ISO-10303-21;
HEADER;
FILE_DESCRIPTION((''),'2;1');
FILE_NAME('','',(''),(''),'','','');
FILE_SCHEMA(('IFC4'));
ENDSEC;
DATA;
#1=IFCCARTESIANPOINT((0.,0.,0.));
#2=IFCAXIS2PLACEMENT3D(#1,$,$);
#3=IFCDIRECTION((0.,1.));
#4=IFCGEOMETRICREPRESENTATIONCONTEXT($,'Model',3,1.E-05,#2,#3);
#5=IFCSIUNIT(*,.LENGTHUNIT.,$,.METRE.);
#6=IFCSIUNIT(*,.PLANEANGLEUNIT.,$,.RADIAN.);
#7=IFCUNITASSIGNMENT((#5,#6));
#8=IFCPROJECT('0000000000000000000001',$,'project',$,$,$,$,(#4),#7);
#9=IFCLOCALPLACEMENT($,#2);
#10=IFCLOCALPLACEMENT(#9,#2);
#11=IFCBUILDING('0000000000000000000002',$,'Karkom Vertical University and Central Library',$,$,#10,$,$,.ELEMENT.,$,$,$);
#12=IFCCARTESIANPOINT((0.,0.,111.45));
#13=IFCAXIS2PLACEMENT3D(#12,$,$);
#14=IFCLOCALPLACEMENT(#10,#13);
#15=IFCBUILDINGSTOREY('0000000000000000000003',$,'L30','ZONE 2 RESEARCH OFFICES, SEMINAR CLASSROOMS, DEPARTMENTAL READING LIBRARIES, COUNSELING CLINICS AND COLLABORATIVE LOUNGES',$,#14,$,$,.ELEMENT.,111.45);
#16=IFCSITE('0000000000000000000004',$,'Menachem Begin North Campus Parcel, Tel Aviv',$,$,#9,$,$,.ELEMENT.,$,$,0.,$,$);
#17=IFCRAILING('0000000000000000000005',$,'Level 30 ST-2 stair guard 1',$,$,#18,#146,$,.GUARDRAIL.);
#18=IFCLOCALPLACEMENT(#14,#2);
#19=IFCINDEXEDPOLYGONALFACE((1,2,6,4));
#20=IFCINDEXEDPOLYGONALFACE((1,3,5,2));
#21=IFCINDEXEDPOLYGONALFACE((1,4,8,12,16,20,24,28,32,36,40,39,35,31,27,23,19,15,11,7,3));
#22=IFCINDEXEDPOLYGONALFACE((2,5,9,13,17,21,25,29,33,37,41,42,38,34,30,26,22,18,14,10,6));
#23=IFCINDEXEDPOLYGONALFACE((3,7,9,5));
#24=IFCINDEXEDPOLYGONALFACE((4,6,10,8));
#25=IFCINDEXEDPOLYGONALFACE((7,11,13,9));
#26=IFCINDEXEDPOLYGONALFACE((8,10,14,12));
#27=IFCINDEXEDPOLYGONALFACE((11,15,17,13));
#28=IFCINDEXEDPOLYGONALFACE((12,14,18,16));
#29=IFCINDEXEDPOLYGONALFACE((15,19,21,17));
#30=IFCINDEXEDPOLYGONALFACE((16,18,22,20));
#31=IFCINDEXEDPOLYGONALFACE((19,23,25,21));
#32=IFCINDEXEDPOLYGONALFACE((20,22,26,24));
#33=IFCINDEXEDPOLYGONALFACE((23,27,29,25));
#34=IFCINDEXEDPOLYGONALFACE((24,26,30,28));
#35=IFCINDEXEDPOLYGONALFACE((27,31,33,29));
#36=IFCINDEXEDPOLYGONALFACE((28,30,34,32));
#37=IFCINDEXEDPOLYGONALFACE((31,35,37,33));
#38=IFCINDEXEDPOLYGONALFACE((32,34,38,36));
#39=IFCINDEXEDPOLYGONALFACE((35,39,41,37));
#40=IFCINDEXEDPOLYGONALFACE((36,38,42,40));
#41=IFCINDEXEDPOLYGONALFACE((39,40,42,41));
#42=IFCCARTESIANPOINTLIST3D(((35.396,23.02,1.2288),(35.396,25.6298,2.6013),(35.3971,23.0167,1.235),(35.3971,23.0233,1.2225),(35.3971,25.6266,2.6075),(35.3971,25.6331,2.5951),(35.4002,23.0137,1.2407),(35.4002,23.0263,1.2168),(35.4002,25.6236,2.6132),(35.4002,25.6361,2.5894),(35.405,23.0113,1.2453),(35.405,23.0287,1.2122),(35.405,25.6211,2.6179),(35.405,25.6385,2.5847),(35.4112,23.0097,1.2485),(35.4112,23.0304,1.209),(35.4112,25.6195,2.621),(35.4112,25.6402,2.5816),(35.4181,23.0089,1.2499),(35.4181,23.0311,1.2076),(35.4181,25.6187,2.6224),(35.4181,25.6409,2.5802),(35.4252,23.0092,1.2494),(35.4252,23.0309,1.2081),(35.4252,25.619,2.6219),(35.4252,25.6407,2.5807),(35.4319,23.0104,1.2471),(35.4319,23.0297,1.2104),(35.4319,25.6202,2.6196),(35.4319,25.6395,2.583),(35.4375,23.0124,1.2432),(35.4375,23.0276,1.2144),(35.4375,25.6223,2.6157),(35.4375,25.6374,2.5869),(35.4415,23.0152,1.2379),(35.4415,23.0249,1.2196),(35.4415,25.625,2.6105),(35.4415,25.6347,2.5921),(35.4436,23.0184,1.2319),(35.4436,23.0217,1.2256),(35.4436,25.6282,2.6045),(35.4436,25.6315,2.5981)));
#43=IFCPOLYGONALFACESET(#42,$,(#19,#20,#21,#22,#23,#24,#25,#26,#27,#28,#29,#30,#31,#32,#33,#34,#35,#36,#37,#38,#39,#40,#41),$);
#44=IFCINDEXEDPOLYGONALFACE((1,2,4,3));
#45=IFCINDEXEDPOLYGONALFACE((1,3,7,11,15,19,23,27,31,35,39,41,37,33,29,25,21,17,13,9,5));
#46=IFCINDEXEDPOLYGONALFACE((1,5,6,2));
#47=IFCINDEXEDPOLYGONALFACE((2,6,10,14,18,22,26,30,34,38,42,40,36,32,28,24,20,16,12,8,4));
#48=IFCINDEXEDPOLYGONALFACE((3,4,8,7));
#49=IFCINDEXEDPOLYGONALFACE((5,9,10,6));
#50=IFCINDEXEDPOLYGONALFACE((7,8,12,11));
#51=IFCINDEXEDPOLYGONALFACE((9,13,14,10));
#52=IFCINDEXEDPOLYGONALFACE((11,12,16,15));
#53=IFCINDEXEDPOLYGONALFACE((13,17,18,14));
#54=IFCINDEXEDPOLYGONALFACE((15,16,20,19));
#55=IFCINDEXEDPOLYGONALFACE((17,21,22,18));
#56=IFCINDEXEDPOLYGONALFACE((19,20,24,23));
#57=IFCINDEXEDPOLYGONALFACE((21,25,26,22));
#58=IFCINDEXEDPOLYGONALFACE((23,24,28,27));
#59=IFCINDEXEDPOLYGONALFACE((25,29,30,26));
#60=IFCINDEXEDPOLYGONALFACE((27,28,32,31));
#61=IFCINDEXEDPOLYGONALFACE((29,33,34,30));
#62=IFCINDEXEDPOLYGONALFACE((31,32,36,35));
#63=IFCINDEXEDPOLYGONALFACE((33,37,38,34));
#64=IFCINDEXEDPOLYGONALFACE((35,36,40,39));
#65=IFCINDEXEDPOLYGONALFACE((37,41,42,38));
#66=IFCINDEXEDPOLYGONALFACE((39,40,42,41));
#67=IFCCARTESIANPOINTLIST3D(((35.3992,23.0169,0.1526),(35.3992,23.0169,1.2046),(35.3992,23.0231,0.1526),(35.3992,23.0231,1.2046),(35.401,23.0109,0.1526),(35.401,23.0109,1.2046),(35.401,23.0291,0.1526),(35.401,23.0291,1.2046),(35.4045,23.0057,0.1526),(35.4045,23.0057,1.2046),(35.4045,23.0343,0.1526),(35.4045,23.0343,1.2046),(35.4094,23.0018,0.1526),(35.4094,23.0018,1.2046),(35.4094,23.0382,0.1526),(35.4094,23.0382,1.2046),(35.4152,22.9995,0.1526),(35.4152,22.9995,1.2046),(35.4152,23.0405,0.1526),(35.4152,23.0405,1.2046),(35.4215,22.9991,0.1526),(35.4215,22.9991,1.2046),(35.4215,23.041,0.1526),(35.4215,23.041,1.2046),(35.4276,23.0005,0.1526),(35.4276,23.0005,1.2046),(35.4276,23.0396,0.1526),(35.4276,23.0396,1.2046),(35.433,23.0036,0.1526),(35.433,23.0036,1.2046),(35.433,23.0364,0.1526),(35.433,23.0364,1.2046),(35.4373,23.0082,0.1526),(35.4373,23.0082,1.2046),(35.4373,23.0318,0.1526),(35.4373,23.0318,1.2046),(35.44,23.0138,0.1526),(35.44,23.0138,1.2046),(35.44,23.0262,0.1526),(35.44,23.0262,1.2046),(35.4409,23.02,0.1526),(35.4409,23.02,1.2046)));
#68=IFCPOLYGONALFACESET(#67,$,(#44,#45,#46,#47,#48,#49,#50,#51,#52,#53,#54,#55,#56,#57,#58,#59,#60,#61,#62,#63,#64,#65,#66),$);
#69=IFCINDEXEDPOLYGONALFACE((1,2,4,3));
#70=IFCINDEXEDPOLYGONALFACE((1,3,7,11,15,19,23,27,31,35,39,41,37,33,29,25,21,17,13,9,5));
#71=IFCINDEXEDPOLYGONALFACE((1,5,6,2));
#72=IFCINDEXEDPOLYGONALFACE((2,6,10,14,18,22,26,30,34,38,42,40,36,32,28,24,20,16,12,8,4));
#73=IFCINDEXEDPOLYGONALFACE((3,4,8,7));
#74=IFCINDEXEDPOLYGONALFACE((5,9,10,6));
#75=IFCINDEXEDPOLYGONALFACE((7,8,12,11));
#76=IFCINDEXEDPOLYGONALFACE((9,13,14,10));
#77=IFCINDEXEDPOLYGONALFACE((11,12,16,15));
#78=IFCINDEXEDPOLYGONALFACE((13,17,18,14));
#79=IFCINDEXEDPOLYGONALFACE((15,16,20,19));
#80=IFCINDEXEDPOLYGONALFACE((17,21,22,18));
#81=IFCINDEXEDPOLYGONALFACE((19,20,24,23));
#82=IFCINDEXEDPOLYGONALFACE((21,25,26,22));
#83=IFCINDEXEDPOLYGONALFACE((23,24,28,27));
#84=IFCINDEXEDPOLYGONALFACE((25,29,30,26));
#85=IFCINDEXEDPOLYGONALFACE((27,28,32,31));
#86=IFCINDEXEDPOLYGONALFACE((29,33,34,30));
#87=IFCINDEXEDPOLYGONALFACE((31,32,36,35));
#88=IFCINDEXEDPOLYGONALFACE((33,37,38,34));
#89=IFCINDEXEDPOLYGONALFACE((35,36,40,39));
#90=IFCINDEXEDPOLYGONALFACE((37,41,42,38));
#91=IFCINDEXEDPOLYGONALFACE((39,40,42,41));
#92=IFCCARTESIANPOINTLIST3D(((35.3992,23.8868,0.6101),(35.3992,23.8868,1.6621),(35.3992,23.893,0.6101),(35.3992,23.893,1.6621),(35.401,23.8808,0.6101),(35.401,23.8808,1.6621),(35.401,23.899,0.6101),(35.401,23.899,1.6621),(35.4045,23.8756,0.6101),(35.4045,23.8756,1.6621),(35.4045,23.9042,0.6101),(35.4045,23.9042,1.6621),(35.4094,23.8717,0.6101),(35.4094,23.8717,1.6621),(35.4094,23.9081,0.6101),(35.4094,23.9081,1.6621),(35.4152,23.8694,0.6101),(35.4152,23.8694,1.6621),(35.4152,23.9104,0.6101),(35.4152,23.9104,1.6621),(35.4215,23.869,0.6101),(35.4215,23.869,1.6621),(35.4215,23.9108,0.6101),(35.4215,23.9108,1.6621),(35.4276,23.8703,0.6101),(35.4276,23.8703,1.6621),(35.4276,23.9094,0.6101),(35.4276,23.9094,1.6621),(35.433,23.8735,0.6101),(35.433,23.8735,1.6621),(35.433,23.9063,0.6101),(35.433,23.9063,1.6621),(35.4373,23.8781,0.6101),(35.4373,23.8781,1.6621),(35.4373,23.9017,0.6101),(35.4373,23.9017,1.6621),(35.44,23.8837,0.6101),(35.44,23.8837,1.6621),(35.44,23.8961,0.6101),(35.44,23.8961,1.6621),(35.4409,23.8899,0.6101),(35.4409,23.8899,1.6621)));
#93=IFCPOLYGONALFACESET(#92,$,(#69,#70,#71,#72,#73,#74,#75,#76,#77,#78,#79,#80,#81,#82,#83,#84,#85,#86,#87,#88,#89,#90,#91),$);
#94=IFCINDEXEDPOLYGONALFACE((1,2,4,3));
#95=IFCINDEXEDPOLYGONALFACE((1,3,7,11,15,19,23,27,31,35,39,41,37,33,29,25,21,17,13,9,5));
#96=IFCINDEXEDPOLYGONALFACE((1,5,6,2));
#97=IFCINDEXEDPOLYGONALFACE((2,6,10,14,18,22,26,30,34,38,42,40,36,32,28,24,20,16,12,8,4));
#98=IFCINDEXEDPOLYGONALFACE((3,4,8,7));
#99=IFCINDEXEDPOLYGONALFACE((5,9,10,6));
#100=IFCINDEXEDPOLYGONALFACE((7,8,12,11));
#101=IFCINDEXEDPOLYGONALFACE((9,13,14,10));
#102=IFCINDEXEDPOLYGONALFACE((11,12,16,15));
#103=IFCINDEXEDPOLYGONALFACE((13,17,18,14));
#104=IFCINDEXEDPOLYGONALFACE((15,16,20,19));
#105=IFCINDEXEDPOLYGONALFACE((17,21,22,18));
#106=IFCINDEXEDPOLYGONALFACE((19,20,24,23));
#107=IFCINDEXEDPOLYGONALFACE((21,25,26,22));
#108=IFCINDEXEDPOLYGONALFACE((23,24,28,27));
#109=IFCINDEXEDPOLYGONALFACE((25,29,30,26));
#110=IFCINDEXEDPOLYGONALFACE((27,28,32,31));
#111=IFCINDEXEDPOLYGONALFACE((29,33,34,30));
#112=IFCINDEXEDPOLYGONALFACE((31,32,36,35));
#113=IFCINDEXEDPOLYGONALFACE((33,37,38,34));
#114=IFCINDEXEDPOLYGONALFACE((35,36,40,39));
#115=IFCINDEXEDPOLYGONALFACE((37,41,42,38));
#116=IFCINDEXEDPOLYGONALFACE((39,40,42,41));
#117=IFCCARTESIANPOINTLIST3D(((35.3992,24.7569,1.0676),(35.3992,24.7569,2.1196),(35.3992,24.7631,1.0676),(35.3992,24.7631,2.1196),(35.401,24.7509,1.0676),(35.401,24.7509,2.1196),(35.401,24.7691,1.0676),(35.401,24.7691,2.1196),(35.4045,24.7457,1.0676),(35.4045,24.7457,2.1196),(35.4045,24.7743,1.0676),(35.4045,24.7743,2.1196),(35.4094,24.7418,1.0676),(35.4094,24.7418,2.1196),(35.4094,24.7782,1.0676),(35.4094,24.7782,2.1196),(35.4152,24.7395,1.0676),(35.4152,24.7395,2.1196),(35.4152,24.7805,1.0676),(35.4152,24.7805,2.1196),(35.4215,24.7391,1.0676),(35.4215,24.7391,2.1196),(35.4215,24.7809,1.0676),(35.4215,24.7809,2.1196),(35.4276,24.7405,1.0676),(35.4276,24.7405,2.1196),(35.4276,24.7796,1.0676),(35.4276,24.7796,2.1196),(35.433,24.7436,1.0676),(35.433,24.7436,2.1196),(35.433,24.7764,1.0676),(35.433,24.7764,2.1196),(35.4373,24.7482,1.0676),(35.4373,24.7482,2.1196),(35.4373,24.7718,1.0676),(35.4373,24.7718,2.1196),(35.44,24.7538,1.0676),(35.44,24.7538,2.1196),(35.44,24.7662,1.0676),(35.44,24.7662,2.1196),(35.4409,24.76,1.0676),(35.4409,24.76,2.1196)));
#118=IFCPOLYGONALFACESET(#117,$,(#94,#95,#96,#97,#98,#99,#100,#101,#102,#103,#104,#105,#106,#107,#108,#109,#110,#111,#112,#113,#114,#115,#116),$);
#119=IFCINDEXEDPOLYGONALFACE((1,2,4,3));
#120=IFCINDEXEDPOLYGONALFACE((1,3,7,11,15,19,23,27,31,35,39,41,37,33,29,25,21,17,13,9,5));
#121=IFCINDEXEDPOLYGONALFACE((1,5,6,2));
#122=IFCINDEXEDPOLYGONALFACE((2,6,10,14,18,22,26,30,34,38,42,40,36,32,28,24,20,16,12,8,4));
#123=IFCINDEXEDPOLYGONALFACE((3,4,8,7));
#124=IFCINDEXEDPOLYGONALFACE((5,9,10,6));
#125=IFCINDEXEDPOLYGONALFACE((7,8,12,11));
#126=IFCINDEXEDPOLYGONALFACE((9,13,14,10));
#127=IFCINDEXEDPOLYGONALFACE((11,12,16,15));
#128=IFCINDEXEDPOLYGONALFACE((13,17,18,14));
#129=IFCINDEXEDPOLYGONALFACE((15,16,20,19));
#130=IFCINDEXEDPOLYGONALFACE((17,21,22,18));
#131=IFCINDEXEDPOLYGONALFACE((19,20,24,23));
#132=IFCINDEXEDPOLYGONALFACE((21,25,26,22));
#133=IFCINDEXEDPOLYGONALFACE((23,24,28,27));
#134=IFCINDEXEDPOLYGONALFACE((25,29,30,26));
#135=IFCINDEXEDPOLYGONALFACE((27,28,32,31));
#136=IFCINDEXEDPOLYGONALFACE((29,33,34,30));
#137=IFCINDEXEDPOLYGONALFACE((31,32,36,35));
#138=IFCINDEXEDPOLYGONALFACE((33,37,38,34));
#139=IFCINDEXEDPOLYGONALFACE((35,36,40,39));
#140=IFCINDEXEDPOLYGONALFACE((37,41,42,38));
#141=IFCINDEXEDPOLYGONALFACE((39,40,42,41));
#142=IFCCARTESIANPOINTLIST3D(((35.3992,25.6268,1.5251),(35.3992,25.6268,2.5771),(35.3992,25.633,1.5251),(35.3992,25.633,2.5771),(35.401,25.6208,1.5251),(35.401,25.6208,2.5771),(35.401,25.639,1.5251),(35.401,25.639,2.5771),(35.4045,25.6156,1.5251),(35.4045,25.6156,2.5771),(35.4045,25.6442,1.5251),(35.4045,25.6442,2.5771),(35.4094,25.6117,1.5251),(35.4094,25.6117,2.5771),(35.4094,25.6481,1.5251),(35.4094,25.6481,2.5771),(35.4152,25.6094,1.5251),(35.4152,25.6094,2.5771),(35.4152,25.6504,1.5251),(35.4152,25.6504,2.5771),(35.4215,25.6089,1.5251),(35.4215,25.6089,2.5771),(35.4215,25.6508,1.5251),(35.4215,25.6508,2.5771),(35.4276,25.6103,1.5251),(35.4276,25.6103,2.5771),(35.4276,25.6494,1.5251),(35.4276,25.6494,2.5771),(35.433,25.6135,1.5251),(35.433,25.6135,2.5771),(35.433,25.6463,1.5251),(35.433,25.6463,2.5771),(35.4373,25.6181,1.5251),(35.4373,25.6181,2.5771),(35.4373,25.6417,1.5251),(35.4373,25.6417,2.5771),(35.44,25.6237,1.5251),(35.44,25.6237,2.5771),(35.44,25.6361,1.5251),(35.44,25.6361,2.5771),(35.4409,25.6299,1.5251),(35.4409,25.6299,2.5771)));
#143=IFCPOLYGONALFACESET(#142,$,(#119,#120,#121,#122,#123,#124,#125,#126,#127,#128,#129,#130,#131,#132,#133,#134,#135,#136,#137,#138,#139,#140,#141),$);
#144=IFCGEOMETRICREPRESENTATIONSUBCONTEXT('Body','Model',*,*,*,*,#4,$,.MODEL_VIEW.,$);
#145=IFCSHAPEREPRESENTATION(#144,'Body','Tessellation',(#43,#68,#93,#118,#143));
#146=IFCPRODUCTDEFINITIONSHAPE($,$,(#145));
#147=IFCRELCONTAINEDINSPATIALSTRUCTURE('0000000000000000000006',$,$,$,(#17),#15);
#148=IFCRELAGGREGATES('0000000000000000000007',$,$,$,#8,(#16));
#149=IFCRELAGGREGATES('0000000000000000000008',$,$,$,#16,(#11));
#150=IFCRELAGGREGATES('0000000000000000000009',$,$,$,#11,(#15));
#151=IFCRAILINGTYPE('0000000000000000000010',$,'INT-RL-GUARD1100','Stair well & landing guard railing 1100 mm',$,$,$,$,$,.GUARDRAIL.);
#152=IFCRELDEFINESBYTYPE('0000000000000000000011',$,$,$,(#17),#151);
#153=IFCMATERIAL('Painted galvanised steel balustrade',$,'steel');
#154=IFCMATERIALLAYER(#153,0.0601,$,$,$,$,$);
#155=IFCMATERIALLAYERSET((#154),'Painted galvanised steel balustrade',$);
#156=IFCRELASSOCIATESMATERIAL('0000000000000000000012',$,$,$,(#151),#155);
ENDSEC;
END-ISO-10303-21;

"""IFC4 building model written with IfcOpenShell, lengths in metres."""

from ifc_helpers import new_model, si_unit, direction, frame, origin, origin_2d, place, context, subcontext, project, spatial, circle, extrude, material, layer, layer_set, type_object, element, save


model = new_model("IFC4")

# Units and contexts
model_context = context("Model", 3, precision=1e-05, world=origin(), true_north=direction((0.0, 1.0)))
body_context = subcontext(model_context, "Body", "Model", "MODEL_VIEW")
ifc_project = project(units=[si_unit("LENGTHUNIT", "METRE"), si_unit("PLANEANGLEUNIT", "RADIAN")], contexts=[model_context])

# Site, building, storey
site_placement = place(None, origin())
site = spatial("IfcSite", under=ifc_project, at=site_placement, Name="Menachem Begin North Campus Parcel, Tel Aviv", CompositionType="ELEMENT", RefElevation=0.0)
building_placement = place(site_placement, origin())
building = spatial("IfcBuilding", under=site, at=building_placement, Name="Karkom Vertical University and Central Library", CompositionType="ELEMENT")
storey_placement = place(building_placement, frame((0.0, 0.0, 111.45)))
storey = spatial("IfcBuildingStorey", under=building, at=storey_placement, Name="L30", Description="ZONE 2 RESEARCH OFFICES, SEMINAR CLASSROOMS, DEPARTMENTAL READING LIBRARIES, COUNSELING CLINICS AND COLLABORATIVE LOUNGES", CompositionType="ELEMENT", Elevation=111.45)

# Railing
ifc_material_1 = material(Name="Painted galvanised steel balustrade", Category="steel")
ifc_layer_1 = layer(ifc_material_1, 0.0601)
ifc_layer_set_1 = layer_set([ifc_layer_1], Name="Painted galvanised steel balustrade")
railing_type_1 = type_object("IfcRailingType", Name="INT-RL-GUARD1100", Description="Stair well & landing guard railing 1100 mm", PredefinedType="GUARDRAIL", material=ifc_layer_set_1)
railing_1_placement = place(storey_placement, frame((35.4199, 23.02, 0.1526)))
element("IfcRailing", 1, at=railing_1_placement, inside=storey, type_object=railing_type_1, Name="Level 30 ST-2 stair guard 1", PredefinedType="GUARDRAIL", context=body_context, shape_type="SweptSolid", body=[
    extrude(circle(Radius=0.0239, at=origin_2d()), frame((0.0, 0.0, 1.0762), z_axis=(0.0, 0.885065, 0.465467), x_axis=(-1.0, 0.0, 0.0)), (0.0, 0.0, 1.0), 2.9487),
    extrude(circle(Radius=0.021, at=origin_2d()), origin(), (0.0, 0.0, 1.0), 1.052),
    extrude(circle(Radius=0.021, at=origin_2d()), frame((0.0, 0.8699, 0.4575)), (0.0, 0.0, 1.0), 1.052),
    extrude(circle(Radius=0.021, at=origin_2d()), frame((0.0, 1.74, 0.915)), (0.0, 0.0, 1.0), 1.052),
    extrude(circle(Radius=0.021, at=origin_2d()), frame((0.0, 2.6099, 1.3726)), (0.0, 0.0, 1.0), 1.052),
])

save(model, "model.ifc")
